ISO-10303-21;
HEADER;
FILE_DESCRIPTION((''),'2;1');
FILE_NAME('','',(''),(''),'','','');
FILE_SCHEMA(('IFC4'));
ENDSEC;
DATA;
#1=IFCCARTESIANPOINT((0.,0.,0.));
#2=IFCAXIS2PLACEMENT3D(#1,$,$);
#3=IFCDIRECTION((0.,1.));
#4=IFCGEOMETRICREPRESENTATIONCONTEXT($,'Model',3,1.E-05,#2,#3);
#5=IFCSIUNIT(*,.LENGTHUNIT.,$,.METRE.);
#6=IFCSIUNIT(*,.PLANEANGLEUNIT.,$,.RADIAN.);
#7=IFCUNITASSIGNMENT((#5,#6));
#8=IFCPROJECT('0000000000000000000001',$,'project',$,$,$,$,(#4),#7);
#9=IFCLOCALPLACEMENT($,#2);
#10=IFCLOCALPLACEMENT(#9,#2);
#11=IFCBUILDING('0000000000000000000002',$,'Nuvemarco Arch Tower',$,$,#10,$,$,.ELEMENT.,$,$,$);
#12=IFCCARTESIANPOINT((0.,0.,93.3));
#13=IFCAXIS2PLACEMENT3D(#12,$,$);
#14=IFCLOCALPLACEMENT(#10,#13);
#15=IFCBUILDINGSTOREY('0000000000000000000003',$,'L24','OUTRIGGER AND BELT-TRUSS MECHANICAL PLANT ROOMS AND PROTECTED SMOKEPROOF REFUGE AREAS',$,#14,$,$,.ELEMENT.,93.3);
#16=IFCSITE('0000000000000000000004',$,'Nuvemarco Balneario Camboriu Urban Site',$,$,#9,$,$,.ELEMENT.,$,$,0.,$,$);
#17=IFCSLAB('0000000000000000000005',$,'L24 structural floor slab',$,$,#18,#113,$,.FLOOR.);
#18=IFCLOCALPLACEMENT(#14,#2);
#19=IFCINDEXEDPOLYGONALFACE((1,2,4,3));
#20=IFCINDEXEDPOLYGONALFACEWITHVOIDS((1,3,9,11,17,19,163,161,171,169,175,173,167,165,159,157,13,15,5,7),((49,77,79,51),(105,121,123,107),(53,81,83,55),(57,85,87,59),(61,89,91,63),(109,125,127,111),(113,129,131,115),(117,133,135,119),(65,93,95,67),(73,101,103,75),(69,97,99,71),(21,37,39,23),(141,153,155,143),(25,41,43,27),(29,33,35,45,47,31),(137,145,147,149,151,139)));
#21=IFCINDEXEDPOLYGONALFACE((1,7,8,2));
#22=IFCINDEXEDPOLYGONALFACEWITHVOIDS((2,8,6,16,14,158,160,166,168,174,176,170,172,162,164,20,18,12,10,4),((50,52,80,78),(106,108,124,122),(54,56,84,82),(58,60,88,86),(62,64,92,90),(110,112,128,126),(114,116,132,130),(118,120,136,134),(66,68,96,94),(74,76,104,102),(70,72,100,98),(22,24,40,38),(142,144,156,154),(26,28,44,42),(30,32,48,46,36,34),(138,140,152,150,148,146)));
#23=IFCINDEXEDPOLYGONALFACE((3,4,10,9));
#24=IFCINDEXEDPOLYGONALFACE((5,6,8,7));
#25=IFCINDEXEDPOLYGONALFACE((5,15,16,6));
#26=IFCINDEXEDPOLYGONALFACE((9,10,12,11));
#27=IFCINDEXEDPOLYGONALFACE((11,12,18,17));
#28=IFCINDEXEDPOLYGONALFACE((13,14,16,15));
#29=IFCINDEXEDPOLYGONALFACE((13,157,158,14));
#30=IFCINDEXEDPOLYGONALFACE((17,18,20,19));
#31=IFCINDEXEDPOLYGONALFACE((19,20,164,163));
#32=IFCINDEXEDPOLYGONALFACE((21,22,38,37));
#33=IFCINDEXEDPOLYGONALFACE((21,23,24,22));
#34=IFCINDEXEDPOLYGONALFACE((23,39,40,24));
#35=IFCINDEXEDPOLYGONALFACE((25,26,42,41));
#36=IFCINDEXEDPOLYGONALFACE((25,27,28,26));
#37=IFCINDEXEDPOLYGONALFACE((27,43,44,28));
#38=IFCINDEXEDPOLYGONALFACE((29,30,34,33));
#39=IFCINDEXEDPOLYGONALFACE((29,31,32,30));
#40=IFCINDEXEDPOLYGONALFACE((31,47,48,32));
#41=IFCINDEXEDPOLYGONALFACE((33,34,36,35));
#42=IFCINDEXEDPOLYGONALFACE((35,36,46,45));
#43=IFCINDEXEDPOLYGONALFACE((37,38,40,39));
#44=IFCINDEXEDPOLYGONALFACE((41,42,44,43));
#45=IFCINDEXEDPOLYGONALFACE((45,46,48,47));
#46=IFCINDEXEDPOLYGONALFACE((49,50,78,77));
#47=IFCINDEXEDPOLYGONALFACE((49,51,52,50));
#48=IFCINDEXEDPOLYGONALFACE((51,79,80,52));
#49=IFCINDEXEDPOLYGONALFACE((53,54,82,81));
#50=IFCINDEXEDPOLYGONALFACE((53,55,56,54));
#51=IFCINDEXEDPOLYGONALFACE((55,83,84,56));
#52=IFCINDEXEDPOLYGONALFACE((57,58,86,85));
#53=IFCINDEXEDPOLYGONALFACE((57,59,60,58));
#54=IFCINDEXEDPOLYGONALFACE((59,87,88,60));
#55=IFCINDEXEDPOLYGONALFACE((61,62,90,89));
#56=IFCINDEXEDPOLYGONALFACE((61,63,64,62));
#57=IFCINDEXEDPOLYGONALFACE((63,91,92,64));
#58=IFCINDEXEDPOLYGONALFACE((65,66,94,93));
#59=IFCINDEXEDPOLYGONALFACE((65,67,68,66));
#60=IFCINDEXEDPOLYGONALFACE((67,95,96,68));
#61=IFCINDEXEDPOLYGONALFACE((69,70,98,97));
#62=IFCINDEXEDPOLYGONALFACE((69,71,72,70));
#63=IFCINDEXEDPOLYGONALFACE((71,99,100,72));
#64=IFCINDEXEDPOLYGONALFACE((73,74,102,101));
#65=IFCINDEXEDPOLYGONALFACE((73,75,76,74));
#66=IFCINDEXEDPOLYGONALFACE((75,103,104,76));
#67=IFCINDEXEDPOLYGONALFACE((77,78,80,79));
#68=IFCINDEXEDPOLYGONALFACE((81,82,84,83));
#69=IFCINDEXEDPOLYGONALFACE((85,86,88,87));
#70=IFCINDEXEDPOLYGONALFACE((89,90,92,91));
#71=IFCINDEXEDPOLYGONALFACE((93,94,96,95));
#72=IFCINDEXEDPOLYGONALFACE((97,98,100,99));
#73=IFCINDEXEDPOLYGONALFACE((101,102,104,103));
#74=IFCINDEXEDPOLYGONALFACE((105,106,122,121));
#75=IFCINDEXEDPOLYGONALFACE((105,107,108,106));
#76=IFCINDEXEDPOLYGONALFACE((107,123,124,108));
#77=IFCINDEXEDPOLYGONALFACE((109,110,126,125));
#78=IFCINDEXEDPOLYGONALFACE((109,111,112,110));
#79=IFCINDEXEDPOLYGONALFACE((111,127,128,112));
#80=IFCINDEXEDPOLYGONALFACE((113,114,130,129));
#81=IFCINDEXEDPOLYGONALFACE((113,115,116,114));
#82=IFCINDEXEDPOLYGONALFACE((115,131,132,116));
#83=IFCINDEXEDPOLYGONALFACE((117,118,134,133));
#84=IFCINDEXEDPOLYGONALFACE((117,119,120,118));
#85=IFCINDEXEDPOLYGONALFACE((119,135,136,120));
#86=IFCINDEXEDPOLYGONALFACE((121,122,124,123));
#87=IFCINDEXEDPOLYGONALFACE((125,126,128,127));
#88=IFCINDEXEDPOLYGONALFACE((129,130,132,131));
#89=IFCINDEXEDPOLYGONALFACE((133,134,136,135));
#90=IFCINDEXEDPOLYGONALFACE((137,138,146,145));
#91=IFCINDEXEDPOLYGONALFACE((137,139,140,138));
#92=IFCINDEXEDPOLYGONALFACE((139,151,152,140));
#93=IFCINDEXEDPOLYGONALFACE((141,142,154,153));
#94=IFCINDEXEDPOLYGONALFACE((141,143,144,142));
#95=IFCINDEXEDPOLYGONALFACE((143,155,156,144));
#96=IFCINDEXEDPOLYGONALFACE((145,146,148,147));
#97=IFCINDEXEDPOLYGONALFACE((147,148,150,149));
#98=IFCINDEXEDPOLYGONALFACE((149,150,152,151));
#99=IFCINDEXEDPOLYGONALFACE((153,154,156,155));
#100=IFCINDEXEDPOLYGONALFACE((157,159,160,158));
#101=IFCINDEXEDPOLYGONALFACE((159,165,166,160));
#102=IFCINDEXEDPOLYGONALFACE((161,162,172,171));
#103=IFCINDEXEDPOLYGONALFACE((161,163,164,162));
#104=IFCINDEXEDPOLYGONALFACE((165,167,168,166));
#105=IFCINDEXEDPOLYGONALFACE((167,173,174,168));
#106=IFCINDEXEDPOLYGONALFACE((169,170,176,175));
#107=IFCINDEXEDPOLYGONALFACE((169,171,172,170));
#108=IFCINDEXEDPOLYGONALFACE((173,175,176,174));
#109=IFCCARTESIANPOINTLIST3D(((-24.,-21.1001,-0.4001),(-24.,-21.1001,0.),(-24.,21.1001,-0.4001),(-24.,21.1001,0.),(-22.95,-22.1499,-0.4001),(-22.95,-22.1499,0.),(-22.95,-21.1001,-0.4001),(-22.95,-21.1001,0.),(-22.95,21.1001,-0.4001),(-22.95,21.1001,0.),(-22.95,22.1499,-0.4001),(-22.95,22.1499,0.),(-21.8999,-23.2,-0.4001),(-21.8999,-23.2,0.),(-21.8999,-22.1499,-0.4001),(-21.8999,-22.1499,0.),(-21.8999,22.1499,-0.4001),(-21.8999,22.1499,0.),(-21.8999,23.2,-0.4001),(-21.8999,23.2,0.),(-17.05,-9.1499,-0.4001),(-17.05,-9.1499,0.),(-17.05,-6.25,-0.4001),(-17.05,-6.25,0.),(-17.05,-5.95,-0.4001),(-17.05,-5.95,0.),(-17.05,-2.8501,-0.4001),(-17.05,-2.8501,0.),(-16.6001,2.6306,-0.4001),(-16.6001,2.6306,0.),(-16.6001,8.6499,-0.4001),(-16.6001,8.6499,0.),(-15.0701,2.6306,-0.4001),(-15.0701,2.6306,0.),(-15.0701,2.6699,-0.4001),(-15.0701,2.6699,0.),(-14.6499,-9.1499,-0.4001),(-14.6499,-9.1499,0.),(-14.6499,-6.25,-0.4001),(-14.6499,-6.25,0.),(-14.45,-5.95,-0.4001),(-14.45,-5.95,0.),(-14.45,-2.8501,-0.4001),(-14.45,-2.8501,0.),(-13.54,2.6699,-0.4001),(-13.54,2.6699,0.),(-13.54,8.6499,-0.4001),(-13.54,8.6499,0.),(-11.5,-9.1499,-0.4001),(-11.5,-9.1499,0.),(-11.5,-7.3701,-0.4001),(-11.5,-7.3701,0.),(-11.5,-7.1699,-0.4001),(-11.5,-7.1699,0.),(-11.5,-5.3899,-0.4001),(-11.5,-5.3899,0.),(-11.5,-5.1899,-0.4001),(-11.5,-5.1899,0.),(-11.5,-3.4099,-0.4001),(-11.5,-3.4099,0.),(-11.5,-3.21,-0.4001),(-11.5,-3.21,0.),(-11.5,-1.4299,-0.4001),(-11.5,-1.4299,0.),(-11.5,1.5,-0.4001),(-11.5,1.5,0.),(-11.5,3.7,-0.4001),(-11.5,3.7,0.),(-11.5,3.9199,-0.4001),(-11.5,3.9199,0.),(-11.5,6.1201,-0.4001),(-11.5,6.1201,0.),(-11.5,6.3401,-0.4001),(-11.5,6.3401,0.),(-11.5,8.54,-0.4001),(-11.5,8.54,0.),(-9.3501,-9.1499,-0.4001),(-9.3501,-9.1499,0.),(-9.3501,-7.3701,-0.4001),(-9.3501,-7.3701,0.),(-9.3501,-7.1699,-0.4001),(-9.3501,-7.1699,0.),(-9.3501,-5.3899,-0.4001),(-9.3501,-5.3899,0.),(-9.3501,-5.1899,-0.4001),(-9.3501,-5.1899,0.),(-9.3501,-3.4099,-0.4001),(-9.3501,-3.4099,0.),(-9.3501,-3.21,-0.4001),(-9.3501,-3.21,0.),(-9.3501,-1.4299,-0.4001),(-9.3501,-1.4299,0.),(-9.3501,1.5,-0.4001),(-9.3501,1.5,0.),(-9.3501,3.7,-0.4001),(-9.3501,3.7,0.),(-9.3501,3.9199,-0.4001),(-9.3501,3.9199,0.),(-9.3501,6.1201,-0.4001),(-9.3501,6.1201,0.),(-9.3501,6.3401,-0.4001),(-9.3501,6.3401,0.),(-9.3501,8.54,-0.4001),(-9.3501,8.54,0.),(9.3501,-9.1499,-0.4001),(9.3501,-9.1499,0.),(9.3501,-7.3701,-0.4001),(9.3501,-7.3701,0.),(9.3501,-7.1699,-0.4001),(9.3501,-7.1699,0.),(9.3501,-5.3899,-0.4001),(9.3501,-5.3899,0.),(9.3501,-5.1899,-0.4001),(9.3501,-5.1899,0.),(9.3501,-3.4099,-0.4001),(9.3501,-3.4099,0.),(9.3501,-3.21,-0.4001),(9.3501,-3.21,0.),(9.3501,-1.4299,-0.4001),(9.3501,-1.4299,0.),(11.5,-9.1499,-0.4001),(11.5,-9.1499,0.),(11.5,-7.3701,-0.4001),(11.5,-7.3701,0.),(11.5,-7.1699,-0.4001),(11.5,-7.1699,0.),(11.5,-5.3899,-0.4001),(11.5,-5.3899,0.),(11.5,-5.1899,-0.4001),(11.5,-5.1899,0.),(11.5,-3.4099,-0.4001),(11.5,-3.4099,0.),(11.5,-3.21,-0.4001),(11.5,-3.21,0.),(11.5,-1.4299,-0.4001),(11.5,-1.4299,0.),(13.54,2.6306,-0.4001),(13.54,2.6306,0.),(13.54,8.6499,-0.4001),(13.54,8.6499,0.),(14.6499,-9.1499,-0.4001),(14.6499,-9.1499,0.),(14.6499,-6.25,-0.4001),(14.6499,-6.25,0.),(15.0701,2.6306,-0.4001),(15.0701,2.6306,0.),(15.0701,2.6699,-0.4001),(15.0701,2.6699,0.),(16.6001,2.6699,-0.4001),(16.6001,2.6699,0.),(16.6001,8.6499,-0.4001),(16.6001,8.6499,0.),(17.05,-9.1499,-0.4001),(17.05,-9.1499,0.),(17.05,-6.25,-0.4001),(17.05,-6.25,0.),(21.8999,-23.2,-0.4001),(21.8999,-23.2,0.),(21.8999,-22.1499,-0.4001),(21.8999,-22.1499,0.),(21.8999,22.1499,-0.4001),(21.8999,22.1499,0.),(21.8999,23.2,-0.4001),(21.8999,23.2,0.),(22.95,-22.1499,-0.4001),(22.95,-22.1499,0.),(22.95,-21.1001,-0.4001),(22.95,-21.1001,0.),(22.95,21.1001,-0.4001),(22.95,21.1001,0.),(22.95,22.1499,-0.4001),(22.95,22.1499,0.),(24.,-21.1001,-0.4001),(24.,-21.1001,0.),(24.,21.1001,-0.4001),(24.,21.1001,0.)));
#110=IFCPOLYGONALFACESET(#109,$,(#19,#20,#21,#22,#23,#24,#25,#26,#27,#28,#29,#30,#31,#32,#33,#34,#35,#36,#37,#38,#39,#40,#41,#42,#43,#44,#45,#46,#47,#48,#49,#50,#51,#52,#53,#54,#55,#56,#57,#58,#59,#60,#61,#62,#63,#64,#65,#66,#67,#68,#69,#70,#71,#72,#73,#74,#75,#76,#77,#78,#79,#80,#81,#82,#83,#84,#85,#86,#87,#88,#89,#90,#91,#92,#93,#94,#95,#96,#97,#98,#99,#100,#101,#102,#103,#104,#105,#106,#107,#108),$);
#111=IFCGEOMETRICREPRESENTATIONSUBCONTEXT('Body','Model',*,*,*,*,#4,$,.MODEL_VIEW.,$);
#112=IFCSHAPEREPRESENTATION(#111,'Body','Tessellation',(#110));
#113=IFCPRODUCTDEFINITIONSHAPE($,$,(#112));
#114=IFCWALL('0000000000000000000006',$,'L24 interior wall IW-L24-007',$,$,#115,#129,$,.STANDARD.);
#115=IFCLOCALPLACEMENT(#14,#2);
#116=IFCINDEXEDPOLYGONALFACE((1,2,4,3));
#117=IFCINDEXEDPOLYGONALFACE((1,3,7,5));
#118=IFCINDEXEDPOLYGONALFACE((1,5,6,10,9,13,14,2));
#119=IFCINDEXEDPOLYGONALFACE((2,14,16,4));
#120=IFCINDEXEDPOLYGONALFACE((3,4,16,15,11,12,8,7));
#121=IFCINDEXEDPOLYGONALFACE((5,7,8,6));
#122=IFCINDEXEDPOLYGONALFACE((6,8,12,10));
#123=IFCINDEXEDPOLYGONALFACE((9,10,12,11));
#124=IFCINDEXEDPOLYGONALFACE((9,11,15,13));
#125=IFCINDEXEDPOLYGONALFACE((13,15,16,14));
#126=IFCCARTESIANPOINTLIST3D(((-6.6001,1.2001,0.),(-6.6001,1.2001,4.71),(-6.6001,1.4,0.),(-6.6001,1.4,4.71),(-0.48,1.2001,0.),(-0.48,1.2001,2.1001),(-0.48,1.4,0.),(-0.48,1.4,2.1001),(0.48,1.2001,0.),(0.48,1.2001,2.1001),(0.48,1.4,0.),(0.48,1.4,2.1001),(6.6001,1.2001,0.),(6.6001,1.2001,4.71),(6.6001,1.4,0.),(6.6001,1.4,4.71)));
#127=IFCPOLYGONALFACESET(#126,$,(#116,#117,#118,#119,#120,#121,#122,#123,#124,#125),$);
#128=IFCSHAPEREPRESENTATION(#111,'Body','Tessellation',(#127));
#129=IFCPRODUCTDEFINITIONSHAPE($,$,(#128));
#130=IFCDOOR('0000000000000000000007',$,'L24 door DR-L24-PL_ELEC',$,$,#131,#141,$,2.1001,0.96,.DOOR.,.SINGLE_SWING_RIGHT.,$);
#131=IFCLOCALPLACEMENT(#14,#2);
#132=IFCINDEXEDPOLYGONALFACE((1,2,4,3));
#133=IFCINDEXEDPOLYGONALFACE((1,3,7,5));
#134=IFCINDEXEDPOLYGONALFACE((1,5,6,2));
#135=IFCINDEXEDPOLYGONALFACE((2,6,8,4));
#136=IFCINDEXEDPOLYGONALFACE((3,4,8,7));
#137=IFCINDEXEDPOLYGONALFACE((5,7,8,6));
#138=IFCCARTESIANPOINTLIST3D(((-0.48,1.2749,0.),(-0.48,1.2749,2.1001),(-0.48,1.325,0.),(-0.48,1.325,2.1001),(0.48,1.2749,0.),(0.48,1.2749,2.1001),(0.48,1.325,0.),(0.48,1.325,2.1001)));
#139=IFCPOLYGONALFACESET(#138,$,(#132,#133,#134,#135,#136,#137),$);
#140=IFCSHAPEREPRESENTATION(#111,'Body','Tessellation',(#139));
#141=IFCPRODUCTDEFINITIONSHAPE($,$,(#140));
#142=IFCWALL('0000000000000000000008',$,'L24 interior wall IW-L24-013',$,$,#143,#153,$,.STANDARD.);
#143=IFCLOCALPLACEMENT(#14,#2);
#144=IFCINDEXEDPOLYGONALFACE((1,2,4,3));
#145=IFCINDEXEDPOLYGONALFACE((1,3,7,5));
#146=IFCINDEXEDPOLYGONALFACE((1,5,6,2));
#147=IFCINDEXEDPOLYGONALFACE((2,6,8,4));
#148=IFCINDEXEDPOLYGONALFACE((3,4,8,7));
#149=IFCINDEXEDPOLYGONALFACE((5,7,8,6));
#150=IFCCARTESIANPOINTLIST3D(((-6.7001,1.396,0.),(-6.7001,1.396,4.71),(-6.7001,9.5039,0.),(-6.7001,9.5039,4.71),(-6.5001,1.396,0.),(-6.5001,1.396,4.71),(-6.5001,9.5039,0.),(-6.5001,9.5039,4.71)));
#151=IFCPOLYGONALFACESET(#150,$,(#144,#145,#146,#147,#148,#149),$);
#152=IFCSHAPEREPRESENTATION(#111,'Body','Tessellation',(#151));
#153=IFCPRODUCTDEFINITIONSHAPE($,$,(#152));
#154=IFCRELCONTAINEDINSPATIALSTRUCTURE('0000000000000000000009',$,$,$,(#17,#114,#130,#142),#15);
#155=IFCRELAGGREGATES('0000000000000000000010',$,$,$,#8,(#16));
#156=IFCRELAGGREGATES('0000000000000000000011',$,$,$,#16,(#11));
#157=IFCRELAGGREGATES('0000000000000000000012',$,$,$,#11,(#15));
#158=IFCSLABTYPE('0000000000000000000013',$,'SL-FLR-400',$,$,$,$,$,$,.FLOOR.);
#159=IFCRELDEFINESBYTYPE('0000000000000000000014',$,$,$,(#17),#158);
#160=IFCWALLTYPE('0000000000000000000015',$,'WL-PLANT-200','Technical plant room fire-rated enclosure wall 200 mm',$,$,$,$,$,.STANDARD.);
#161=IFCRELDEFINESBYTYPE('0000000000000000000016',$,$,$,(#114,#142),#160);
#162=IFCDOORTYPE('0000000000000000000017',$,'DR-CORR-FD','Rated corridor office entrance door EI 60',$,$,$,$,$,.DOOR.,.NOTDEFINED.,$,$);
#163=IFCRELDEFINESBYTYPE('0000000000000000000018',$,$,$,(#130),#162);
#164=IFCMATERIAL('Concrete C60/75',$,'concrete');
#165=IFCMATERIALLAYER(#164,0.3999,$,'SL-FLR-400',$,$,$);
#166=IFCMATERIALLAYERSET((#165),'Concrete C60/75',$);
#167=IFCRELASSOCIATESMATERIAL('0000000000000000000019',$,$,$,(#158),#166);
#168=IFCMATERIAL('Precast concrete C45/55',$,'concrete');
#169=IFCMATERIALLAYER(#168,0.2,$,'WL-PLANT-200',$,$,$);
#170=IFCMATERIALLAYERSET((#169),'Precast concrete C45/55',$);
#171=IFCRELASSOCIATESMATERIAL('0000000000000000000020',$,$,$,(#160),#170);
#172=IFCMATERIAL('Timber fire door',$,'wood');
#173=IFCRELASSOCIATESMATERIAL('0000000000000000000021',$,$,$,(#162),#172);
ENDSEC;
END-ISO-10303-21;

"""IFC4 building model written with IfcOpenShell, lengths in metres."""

from ifc_helpers import new_model, si_unit, direction, frame, frame_2d, origin, place, context, subcontext, project, spatial, polyline, rectangle, outline, extrude, source, transform, mapped, material, layer, layer_set, type_object, type_shapes, element, fill, save


model = new_model("IFC4")

# Units and contexts
model_context = context("Model", 3, precision=1e-05, world=origin(), true_north=direction((0.0, 1.0)))
body_context = subcontext(model_context, "Body", "Model", "MODEL_VIEW")
ifc_project = project(units=[si_unit("LENGTHUNIT", "METRE"), si_unit("PLANEANGLEUNIT", "RADIAN")], contexts=[model_context])

# Site, building, storey
site_placement = place(None, origin())
site = spatial("IfcSite", under=ifc_project, at=site_placement, Name="Nuvemarco Balneario Camboriu Urban Site", CompositionType="ELEMENT", RefElevation=0.0)
building_placement = place(site_placement, origin())
building = spatial("IfcBuilding", under=site, at=building_placement, Name="Nuvemarco Arch Tower", CompositionType="ELEMENT")
storey_placement = place(building_placement, frame((0.0, 0.0, 93.3)))
storey = spatial("IfcBuildingStorey", under=building, at=storey_placement, Name="L24", Description="OUTRIGGER AND BELT-TRUSS MECHANICAL PLANT ROOMS AND PROTECTED SMOKEPROOF REFUGE AREAS", CompositionType="ELEMENT", Elevation=93.3)

# Shared definitions
ifc_material_1 = material(Name="Concrete C60/75", Category="concrete")

# Slab
ifc_layer_1 = layer(ifc_material_1, 0.3999, Name="SL-FLR-400")
ifc_layer_set_1 = layer_set([ifc_layer_1], Name="Concrete C60/75")
slab_type = type_object("IfcSlabType", Name="SL-FLR-400", PredefinedType="FLOOR", material=ifc_layer_set_1)
slab_placement = place(storey_placement, frame((0.0, 0.0, -0.4001)))
element("IfcSlab", 1, at=slab_placement, inside=storey, type_object=slab_type, Name="L24 structural floor slab", PredefinedType="FLOOR", context=body_context, shape_type="SweptSolid", body=[
    extrude(outline(polyline([(-21.8999, -23.2), (21.8999, -23.2), (21.8999, -22.1499), (22.95, -22.1499), (22.95, -21.1001), (24.0, -21.1001), (24.0, 21.1001), (22.95, 21.1001), (22.95, 22.1499), (21.8999, 22.1499), (21.8999, 23.2), (-21.8999, 23.2), (-21.8999, 22.1499), (-22.95, 22.1499), (-22.95, 21.1001), (-24.0, 21.1001), (-24.0, -21.1001), (-22.95, -21.1001), (-22.95, -22.1499), (-21.8999, -22.1499), (-21.8999, -23.2)]), holes=[polyline([(-13.54, 2.6699), (-13.54, 8.6499), (-16.6001, 8.6499), (-16.6001, 2.6306), (-15.0701, 2.6306), (-15.0701, 2.6699), (-13.54, 2.6699)]), polyline([(16.6001, 2.6699), (16.6001, 8.6499), (13.54, 8.6499), (13.54, 2.6306), (15.0701, 2.6306), (15.0701, 2.6699), (16.6001, 2.6699)]), polyline([(-17.05, -9.1499), (-14.6499, -9.1499), (-14.6499, -6.25), (-17.05, -6.25), (-17.05, -9.1499)]), polyline([(-17.05, -5.95), (-14.45, -5.95), (-14.45, -2.8501), (-17.05, -2.8501), (-17.05, -5.95)]), polyline([(-11.5, -9.1499), (-9.3501, -9.1499), (-9.3501, -7.3701), (-11.5, -7.3701), (-11.5, -9.1499)]), polyline([(-11.5, -7.1699), (-9.3501, -7.1699), (-9.3501, -5.3899), (-11.5, -5.3899), (-11.5, -7.1699)]), polyline([(-11.5, -5.1899), (-9.3501, -5.1899), (-9.3501, -3.4099), (-11.5, -3.4099), (-11.5, -5.1899)]), polyline([(-11.5, -3.21), (-9.3501, -3.21), (-9.3501, -1.4299), (-11.5, -1.4299), (-11.5, -3.21)]), polyline([(-11.5, 1.5), (-9.3501, 1.5), (-9.3501, 3.7), (-11.5, 3.7), (-11.5, 1.5)]), polyline([(-11.5, 3.9199), (-9.3501, 3.9199), (-9.3501, 6.1201), (-11.5, 6.1201), (-11.5, 3.9199)]), polyline([(-11.5, 6.3401), (-9.3501, 6.3401), (-9.3501, 8.54), (-11.5, 8.54), (-11.5, 6.3401)]), polyline([(14.6499, -9.1499), (17.05, -9.1499), (17.05, -6.25), (14.6499, -6.25), (14.6499, -9.1499)]), polyline([(9.3501, -9.1499), (11.5, -9.1499), (11.5, -7.3701), (9.3501, -7.3701), (9.3501, -9.1499)]), polyline([(9.3501, -7.1699), (11.5, -7.1699), (11.5, -5.3899), (9.3501, -5.3899), (9.3501, -7.1699)]), polyline([(9.3501, -5.1899), (11.5, -5.1899), (11.5, -3.4099), (9.3501, -3.4099), (9.3501, -5.1899)]), polyline([(9.3501, -3.21), (11.5, -3.21), (11.5, -1.4299), (9.3501, -1.4299), (9.3501, -3.21)])]), origin(), (0.0, 0.0, 1.0), 0.4001),
])

# Wall, opening, door
ifc_material_2 = material(Name="Precast concrete C45/55", Category="concrete")
ifc_layer_2 = layer(ifc_material_2, 0.2, Name="WL-PLANT-200")
ifc_layer_set_2 = layer_set([ifc_layer_2], Name="Precast concrete C45/55")
wall_type_1 = type_object("IfcWallType", Name="WL-PLANT-200", Description="Technical plant room fire-rated enclosure wall 200 mm", PredefinedType="STANDARD", material=ifc_layer_set_2)
wall_1_placement = place(storey_placement, frame((-6.6001, 1.3, 0.0), z_axis=(0.0, 0.0, 1.0), x_axis=(1.0, 0.0, 0.0)))
wall_1 = element("IfcWall", 2, at=wall_1_placement, inside=storey, type_object=wall_type_1, Name="L24 interior wall IW-L24-007", PredefinedType="STANDARD", context=body_context, shape_type="SweptSolid", body=[
    extrude(rectangle(XDim=13.2002, YDim=0.2, at=frame_2d((6.6001, 0.0))), origin(), (0.0, 0.0, 1.0), 4.71),
])
opening_1_placement = place(wall_1_placement, frame((6.1201, 0.0, 0.0)))
opening_1 = element("IfcOpeningElement", 3, at=opening_1_placement, cuts=wall_1, PredefinedType="OPENING", context=body_context, shape_type="SweptSolid", body=[
    extrude(rectangle(XDim=0.96, YDim=2.1001, at=frame_2d((0.48, 1.05))), frame((0.0, 0.1099, 0.0), z_axis=(0.0, -1.0, 0.0), x_axis=(1.0, 0.0, 0.0)), (0.0, 0.0, 1.0), 0.22),
])
ifc_material_3 = material(Name="Timber fire door", Category="wood")
door_type_1 = type_object("IfcDoorType", Name="DR-CORR-FD", Description="Rated corridor office entrance door EI 60", OperationType="NOTDEFINED", PredefinedType="DOOR", material=ifc_material_3)
shared_shape_1 = source(origin(), body_context, "Body", "SweptSolid", [
    extrude(rectangle(XDim=0.96, YDim=2.1001, at=frame_2d((0.48, 1.05))), frame((0.0, 0.0249, 0.0), z_axis=(0.0, -1.0, 0.0), x_axis=(1.0, 0.0, 0.0)), (0.0, 0.0, 1.0), 0.05),
])
type_shapes(door_type_1, [shared_shape_1])
door_1_placement = place(opening_1_placement, origin())
door_1 = element("IfcDoor", 4, at=door_1_placement, inside=storey, type_object=door_type_1, Name="L24 door DR-L24-PL_ELEC", OperationType="SINGLE_SWING_RIGHT", OverallHeight=2.1001, OverallWidth=0.96, PredefinedType="DOOR", context=body_context, shape_type="MappedRepresentation", body=[
    mapped(shared_shape_1, transform((0.0, 0.0, 0.0), scale=1.0)),
])
fill(opening_1, door_1)

# Wall
wall_2_placement = place(storey_placement, frame((-6.6001, 1.396, 0.0), z_axis=(0.0, 0.0, 1.0), x_axis=(0.0, 1.0, 0.0)))
element("IfcWall", 5, at=wall_2_placement, inside=storey, type_object=wall_type_1, Name="L24 interior wall IW-L24-013", PredefinedType="STANDARD", context=body_context, shape_type="SweptSolid", body=[
    extrude(rectangle(XDim=8.1079, YDim=0.2, at=frame_2d((4.054, 0.0))), origin(), (0.0, 0.0, 1.0), 4.71),
])

save(model, "model.ifc")
